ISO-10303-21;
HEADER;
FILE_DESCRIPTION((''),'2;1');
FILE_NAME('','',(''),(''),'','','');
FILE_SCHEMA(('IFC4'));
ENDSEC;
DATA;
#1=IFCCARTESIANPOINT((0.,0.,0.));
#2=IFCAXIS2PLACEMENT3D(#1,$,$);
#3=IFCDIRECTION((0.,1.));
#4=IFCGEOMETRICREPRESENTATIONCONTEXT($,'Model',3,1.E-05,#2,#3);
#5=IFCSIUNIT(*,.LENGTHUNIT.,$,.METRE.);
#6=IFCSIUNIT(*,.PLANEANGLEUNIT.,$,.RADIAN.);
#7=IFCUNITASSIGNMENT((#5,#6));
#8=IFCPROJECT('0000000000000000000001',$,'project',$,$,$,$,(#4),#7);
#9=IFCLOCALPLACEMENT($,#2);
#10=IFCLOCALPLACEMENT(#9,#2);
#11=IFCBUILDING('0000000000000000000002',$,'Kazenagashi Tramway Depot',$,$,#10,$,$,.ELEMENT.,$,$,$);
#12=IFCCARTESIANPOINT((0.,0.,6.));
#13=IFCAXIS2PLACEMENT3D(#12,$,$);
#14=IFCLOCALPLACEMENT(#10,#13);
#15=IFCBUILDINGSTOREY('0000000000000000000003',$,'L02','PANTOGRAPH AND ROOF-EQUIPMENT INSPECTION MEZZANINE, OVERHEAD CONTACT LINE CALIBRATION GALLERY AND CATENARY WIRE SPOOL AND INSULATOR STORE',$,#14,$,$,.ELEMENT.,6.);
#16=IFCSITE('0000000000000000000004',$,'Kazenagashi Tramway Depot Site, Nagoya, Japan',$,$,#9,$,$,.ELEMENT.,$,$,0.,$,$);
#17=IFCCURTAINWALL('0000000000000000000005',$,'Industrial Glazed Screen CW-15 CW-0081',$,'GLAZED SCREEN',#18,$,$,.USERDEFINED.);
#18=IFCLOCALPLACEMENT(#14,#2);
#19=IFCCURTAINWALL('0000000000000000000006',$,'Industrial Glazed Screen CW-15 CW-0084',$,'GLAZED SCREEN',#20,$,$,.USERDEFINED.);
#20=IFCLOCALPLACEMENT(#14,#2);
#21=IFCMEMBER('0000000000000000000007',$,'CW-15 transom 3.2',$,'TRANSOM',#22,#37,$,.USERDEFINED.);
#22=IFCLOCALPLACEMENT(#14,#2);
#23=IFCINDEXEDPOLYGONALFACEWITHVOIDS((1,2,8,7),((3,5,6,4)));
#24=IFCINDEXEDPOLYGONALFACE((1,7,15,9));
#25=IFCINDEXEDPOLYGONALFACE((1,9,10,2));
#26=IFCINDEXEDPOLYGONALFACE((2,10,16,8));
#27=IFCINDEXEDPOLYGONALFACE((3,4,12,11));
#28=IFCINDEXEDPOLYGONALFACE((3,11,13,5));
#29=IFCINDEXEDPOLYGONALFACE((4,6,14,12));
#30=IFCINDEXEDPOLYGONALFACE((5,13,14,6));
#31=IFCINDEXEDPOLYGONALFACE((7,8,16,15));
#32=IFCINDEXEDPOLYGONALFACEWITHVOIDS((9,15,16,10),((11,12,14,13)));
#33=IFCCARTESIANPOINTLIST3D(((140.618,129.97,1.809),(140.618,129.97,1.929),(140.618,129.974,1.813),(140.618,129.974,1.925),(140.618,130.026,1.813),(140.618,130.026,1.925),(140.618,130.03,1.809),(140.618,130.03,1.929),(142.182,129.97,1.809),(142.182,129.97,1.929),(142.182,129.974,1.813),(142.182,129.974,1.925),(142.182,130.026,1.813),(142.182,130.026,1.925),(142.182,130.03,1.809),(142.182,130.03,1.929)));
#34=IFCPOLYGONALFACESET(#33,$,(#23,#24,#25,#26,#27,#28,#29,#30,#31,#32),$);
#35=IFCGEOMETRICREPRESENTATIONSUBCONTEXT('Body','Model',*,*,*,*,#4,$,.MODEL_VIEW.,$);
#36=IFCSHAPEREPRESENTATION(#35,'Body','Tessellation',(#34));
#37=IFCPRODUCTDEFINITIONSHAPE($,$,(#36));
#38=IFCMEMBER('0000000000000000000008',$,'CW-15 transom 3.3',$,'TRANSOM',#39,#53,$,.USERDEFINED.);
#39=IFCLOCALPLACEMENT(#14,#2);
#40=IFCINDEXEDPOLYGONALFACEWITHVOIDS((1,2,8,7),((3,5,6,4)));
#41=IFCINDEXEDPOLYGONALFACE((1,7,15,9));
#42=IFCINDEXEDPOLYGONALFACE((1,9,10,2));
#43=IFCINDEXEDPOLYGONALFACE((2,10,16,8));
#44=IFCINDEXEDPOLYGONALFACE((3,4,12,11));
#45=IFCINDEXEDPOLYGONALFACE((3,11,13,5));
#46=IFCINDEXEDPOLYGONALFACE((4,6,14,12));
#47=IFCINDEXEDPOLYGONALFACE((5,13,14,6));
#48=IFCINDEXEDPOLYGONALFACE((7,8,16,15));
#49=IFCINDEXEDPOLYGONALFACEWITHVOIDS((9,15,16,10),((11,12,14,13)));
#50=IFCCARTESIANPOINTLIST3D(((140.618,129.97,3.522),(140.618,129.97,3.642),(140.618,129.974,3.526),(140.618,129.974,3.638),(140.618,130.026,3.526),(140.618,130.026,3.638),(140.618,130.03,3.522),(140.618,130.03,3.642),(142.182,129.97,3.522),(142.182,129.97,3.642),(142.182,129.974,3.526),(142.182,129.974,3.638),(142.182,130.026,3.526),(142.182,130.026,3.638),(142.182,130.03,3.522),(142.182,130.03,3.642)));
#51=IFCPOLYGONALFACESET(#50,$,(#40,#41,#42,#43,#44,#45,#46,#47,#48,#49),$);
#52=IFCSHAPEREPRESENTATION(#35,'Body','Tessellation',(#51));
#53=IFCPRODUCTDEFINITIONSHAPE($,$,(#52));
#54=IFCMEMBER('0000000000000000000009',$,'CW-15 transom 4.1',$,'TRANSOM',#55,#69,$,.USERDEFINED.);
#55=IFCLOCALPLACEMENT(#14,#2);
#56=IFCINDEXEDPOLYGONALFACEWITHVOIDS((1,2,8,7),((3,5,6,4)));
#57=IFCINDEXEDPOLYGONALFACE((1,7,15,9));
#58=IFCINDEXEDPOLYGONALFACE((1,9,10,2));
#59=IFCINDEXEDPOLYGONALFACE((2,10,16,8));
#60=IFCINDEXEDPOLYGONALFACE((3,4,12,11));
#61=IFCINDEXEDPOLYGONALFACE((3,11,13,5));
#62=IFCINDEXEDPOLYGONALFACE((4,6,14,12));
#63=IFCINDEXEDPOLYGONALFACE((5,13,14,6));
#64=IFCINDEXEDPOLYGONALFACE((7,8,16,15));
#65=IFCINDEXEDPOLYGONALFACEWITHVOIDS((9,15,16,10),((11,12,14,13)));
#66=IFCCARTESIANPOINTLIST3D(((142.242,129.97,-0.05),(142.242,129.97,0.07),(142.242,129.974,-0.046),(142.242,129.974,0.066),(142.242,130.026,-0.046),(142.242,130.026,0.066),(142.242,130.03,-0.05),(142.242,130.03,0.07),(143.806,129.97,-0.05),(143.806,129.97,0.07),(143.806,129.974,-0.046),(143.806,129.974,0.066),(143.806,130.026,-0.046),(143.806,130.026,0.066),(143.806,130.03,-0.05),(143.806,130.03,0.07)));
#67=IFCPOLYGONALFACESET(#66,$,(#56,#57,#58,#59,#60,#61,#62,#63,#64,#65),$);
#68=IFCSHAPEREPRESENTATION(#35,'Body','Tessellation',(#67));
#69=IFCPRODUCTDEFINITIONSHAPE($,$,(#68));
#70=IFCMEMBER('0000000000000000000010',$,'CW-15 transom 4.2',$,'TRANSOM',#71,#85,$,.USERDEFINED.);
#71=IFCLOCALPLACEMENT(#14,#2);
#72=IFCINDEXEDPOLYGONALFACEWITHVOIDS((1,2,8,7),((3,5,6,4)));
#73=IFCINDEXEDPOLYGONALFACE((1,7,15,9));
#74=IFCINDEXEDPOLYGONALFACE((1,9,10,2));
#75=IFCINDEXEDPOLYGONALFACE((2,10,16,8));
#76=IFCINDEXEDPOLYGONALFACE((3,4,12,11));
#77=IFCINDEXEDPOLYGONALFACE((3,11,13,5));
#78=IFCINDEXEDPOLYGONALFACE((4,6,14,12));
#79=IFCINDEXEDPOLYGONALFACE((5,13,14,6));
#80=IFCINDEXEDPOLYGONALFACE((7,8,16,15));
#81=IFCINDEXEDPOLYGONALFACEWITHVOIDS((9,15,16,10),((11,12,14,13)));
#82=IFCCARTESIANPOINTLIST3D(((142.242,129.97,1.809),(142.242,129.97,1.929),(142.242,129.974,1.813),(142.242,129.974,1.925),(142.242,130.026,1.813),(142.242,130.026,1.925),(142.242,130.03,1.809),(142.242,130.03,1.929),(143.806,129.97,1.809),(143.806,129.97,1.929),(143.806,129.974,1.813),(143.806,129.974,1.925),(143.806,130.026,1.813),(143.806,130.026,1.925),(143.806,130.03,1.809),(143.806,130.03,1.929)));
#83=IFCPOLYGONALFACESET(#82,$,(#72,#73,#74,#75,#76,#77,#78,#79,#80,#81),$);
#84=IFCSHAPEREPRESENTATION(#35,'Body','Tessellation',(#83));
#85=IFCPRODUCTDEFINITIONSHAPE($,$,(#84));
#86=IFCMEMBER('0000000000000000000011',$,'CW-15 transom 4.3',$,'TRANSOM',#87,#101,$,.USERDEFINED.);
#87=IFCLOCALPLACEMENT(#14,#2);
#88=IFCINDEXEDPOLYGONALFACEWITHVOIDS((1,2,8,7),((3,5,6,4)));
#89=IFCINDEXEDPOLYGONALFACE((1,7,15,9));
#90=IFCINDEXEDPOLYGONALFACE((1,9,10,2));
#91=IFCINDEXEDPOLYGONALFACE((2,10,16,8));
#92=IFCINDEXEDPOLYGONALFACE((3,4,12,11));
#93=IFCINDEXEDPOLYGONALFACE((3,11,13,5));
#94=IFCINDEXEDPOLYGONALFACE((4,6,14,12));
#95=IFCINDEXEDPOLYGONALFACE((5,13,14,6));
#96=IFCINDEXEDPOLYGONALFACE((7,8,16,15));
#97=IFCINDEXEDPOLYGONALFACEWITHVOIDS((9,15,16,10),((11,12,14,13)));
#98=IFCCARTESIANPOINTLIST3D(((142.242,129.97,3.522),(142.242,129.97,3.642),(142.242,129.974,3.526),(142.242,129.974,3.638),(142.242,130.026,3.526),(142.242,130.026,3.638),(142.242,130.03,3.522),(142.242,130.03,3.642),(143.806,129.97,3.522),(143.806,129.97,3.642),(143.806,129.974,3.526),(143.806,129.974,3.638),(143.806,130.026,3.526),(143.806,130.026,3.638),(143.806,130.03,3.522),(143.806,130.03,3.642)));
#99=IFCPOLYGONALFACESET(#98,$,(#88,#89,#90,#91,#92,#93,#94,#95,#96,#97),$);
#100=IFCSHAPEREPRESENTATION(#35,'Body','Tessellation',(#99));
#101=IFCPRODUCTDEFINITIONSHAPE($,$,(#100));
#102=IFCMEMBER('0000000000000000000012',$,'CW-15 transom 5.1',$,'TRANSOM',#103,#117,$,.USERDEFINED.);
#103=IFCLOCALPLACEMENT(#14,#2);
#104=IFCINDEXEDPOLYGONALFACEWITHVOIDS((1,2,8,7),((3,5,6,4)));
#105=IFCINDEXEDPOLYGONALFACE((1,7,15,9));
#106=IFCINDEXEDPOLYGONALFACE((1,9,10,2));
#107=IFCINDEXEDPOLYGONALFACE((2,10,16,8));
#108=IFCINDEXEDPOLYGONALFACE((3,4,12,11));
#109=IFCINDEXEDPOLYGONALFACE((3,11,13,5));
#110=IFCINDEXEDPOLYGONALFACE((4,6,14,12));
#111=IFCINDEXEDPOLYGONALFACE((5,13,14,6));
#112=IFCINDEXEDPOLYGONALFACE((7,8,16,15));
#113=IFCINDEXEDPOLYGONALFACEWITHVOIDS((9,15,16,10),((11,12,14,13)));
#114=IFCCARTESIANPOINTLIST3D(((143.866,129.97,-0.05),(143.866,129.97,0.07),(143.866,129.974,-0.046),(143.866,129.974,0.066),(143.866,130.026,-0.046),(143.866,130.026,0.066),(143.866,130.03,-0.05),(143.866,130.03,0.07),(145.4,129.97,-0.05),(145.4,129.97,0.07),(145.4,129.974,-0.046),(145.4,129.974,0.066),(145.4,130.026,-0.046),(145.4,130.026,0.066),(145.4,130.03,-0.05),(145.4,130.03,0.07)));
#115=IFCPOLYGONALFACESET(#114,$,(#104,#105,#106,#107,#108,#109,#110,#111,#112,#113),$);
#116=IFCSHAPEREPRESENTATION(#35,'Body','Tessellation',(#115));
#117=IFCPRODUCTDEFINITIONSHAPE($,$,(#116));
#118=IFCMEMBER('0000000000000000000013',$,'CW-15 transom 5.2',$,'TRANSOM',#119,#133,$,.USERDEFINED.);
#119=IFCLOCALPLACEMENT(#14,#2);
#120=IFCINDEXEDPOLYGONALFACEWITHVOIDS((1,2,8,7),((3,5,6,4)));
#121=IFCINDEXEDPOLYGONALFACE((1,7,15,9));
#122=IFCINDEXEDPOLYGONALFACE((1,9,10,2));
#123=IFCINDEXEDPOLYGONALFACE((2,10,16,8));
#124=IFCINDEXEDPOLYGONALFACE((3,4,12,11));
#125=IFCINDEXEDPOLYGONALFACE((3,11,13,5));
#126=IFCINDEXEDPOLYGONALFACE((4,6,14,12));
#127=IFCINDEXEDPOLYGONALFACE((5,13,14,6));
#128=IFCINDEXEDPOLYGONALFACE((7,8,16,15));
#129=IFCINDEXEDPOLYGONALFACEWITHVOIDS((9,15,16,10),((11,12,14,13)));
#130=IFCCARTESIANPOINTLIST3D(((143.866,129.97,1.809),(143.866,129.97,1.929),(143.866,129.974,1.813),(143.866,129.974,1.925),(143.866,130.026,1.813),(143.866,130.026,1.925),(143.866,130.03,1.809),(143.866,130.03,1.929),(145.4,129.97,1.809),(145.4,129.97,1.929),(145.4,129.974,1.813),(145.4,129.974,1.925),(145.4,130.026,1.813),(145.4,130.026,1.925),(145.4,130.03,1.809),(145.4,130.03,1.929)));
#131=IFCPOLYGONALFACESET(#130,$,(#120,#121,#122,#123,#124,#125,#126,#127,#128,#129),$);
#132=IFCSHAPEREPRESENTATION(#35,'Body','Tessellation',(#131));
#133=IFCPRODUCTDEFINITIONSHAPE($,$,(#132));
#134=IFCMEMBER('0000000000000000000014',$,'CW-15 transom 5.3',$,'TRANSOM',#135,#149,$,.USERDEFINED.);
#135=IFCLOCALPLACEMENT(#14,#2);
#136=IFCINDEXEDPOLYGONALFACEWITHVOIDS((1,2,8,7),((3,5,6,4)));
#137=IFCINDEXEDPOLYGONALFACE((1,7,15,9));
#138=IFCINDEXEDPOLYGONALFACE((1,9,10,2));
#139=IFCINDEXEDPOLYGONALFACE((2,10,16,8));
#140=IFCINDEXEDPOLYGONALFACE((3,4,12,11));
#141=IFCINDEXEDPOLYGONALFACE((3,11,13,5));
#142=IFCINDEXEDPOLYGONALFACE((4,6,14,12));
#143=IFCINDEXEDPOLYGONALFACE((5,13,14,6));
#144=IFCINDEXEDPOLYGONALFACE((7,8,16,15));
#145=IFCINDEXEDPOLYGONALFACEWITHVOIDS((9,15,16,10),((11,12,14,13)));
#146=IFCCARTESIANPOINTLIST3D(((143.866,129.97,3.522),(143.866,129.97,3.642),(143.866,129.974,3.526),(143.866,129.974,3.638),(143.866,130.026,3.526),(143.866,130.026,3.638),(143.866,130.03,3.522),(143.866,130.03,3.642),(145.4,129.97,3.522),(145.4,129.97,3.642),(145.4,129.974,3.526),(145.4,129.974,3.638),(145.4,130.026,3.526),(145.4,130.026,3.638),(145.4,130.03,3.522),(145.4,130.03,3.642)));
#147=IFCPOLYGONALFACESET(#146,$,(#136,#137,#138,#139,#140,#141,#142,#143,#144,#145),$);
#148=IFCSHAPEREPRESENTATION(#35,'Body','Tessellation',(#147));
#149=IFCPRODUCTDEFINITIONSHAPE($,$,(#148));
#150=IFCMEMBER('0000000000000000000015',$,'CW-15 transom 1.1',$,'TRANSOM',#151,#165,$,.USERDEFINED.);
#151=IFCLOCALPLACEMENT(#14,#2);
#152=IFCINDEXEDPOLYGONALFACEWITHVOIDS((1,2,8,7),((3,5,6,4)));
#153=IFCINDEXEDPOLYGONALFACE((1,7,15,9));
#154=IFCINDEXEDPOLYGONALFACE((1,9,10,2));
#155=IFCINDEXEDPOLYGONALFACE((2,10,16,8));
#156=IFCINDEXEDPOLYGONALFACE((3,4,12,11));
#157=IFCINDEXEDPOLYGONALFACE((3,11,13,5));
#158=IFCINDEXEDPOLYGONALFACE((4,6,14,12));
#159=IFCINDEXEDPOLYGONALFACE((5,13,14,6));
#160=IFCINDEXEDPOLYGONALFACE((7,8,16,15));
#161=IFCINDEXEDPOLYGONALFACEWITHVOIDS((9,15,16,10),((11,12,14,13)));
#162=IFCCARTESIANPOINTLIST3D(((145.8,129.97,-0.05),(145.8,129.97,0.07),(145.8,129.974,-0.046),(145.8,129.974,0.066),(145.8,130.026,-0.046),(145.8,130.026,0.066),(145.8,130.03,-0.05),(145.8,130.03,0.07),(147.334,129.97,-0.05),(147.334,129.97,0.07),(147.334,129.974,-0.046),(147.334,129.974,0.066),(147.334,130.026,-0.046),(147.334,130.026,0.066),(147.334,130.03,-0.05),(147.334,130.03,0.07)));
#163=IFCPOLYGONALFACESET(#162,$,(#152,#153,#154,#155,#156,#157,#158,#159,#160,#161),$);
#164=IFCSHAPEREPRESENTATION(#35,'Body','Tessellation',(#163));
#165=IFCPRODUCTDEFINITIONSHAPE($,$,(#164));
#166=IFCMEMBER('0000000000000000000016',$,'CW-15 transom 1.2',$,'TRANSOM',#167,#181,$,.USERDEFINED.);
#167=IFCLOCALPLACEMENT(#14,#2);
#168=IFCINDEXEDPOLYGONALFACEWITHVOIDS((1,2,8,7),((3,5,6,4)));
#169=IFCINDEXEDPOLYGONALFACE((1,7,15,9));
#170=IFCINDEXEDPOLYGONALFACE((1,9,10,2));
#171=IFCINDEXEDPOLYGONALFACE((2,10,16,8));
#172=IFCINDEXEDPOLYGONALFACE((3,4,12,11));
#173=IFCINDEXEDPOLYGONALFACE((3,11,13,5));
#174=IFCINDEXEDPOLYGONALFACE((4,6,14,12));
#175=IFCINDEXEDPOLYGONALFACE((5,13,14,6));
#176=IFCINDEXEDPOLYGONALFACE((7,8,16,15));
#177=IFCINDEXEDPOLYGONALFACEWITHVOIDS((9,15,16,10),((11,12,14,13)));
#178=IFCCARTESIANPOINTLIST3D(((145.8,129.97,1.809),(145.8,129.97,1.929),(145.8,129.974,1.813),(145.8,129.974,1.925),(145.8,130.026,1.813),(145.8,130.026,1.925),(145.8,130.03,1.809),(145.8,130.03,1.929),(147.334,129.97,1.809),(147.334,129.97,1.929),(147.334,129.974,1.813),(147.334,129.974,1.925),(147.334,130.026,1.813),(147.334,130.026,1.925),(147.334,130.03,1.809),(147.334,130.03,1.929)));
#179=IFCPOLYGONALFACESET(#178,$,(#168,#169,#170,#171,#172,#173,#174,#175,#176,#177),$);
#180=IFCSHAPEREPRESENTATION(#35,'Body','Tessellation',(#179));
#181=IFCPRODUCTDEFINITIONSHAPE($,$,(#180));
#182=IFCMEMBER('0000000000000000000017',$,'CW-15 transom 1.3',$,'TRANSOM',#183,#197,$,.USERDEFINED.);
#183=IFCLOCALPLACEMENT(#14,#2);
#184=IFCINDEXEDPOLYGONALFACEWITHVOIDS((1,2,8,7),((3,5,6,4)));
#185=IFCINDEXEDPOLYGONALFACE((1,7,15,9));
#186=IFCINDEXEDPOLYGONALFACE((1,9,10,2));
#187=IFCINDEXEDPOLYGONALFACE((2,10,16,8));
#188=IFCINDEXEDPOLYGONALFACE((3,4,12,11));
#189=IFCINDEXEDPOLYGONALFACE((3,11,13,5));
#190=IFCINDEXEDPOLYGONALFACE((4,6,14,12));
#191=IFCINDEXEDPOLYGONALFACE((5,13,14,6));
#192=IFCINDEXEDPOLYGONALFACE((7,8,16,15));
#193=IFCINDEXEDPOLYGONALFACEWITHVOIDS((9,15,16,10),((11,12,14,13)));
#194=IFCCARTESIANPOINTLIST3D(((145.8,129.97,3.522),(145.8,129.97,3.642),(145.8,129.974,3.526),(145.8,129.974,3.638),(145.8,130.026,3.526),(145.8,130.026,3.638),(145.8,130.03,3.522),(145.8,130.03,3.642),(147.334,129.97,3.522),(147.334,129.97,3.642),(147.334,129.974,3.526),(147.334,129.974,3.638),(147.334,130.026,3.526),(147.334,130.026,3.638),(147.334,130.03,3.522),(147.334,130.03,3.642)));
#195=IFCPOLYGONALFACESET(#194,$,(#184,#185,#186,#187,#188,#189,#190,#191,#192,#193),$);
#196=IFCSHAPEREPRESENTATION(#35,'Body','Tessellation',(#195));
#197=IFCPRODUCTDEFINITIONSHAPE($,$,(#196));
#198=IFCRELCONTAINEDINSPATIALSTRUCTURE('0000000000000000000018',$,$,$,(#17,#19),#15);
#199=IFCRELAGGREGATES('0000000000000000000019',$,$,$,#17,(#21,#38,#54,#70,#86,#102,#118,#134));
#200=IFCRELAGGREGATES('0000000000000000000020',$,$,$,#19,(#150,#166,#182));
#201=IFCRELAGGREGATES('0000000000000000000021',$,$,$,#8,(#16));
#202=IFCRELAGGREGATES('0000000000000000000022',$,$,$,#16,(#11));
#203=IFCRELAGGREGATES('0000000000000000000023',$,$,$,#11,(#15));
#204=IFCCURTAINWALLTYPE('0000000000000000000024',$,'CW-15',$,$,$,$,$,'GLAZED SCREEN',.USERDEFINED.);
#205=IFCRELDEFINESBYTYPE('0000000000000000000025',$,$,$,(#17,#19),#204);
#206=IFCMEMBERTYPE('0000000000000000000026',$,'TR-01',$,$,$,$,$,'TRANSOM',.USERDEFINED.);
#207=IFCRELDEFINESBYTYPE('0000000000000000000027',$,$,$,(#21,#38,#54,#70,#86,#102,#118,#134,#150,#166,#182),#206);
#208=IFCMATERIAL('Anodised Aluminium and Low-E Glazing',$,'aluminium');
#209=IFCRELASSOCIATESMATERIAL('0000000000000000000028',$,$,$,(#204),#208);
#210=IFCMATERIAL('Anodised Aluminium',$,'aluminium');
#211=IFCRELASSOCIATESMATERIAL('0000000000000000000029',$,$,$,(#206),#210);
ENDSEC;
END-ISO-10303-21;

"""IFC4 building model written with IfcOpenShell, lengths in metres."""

from ifc_helpers import new_model, si_unit, direction, frame, origin, origin_2d, place, context, subcontext, project, spatial, hollow_rectangle, extrude, material, material_profile, profile_set, type_object, element, aggregate, save


model = new_model("IFC4")

# Units and contexts
model_context = context("Model", 3, precision=1e-05, world=origin(), true_north=direction((0.0, 1.0)))
body_context = subcontext(model_context, "Body", "Model", "MODEL_VIEW")
ifc_project = project(units=[si_unit("LENGTHUNIT", "METRE"), si_unit("PLANEANGLEUNIT", "RADIAN")], contexts=[model_context])

# Site, building, storey
site_placement = place(None, origin())
site = spatial("IfcSite", under=ifc_project, at=site_placement, Name="Kazenagashi Tramway Depot Site, Nagoya, Japan", CompositionType="ELEMENT", RefElevation=0.0)
building_placement = place(site_placement, origin())
building = spatial("IfcBuilding", under=site, at=building_placement, Name="Kazenagashi Tramway Depot", CompositionType="ELEMENT")
storey_placement = place(building_placement, frame((0.0, 0.0, 6.0)))
storey = spatial("IfcBuildingStorey", under=building, at=storey_placement, Name="L02", Description="PANTOGRAPH AND ROOF-EQUIPMENT INSPECTION MEZZANINE, OVERHEAD CONTACT LINE CALIBRATION GALLERY AND CATENARY WIRE SPOOL AND INSULATOR STORE", CompositionType="ELEMENT", Elevation=6.0)

# Curtain walls
ifc_material_1 = material(Name="Anodised Aluminium and Low-E Glazing", Category="aluminium")
curtain_wall_type = type_object("IfcCurtainWallType", Name="CW-15", ElementType="GLAZED SCREEN", PredefinedType="USERDEFINED", material=ifc_material_1)
curtain_wall_1_placement = place(storey_placement, origin())
curtain_wall_1 = element("IfcCurtainWall", 1, at=curtain_wall_1_placement, inside=storey, type_object=curtain_wall_type, Name="Industrial Glazed Screen CW-15 CW-0081", ObjectType="GLAZED SCREEN", PredefinedType="USERDEFINED")
ifc_material_2 = material(Name="Anodised Aluminium", Category="aluminium")
curtain_wall_2_placement = place(storey_placement, origin())
curtain_wall_2 = element("IfcCurtainWall", 2, at=curtain_wall_2_placement, inside=storey, type_object=curtain_wall_type, Name="Industrial Glazed Screen CW-15 CW-0084", ObjectType="GLAZED SCREEN", PredefinedType="USERDEFINED")

# Members
ifc_material_profile_1 = material_profile(ifc_material_2, hollow_rectangle(XDim=0.06, YDim=0.12, WallThickness=0.004, at=origin_2d()), Name="RHS-120x60x4")
ifc_profile_set_1 = profile_set([ifc_material_profile_1], Name="Anodised Aluminium")
member_type_1 = type_object("IfcMemberType", Name="TR-01", ElementType="TRANSOM", PredefinedType="USERDEFINED", material=ifc_profile_set_1)
member_1_placement = place(storey_placement, frame((140.618, 130.0, 1.869), z_axis=(1.0, 0.0, 0.0), x_axis=(0.0, 1.0, 0.0)))
member_1 = element("IfcMember", 3, at=member_1_placement, type_object=member_type_1, Name="CW-15 transom 3.2", ObjectType="TRANSOM", PredefinedType="USERDEFINED", context=body_context, shape_type="SweptSolid", body=[
    extrude(hollow_rectangle(XDim=0.06, YDim=0.12, WallThickness=0.004, at=origin_2d()), origin(), (0.0, 0.0, 1.0), 1.564),
])
member_2_placement = place(storey_placement, frame((140.618, 130.0, 3.582), z_axis=(1.0, 0.0, 0.0), x_axis=(0.0, 1.0, 0.0)))
member_2 = element("IfcMember", 4, at=member_2_placement, type_object=member_type_1, Name="CW-15 transom 3.3", ObjectType="TRANSOM", PredefinedType="USERDEFINED", context=body_context, shape_type="SweptSolid", body=[
    extrude(hollow_rectangle(XDim=0.06, YDim=0.12, WallThickness=0.004, at=origin_2d()), origin(), (0.0, 0.0, 1.0), 1.564),
])
member_3_placement = place(storey_placement, frame((142.242, 130.0, 0.01), z_axis=(1.0, 0.0, 0.0), x_axis=(0.0, 1.0, 0.0)))
member_3 = element("IfcMember", 5, at=member_3_placement, type_object=member_type_1, Name="CW-15 transom 4.1", ObjectType="TRANSOM", PredefinedType="USERDEFINED", context=body_context, shape_type="SweptSolid", body=[
    extrude(hollow_rectangle(XDim=0.06, YDim=0.12, WallThickness=0.004, at=origin_2d()), origin(), (0.0, 0.0, 1.0), 1.564),
])
member_4_placement = place(storey_placement, frame((142.242, 130.0, 1.869), z_axis=(1.0, 0.0, 0.0), x_axis=(0.0, 1.0, 0.0)))
member_4 = element("IfcMember", 6, at=member_4_placement, type_object=member_type_1, Name="CW-15 transom 4.2", ObjectType="TRANSOM", PredefinedType="USERDEFINED", context=body_context, shape_type="SweptSolid", body=[
    extrude(hollow_rectangle(XDim=0.06, YDim=0.12, WallThickness=0.004, at=origin_2d()), origin(), (0.0, 0.0, 1.0), 1.564),
])
member_5_placement = place(storey_placement, frame((142.242, 130.0, 3.582), z_axis=(1.0, 0.0, 0.0), x_axis=(0.0, 1.0, 0.0)))
member_5 = element("IfcMember", 7, at=member_5_placement, type_object=member_type_1, Name="CW-15 transom 4.3", ObjectType="TRANSOM", PredefinedType="USERDEFINED", context=body_context, shape_type="SweptSolid", body=[
    extrude(hollow_rectangle(XDim=0.06, YDim=0.12, WallThickness=0.004, at=origin_2d()), origin(), (0.0, 0.0, 1.0), 1.564),
])
member_6_placement = place(storey_placement, frame((143.866, 130.0, 0.01), z_axis=(1.0, 0.0, 0.0), x_axis=(0.0, 1.0, 0.0)))
member_6 = element("IfcMember", 8, at=member_6_placement, type_object=member_type_1, Name="CW-15 transom 5.1", ObjectType="TRANSOM", PredefinedType="USERDEFINED", context=body_context, shape_type="SweptSolid", body=[
    extrude(hollow_rectangle(XDim=0.06, YDim=0.12, WallThickness=0.004, at=origin_2d()), origin(), (0.0, 0.0, 1.0), 1.534),
])
member_7_placement = place(storey_placement, frame((143.866, 130.0, 1.869), z_axis=(1.0, 0.0, 0.0), x_axis=(0.0, 1.0, 0.0)))
member_7 = element("IfcMember", 9, at=member_7_placement, type_object=member_type_1, Name="CW-15 transom 5.2", ObjectType="TRANSOM", PredefinedType="USERDEFINED", context=body_context, shape_type="SweptSolid", body=[
    extrude(hollow_rectangle(XDim=0.06, YDim=0.12, WallThickness=0.004, at=origin_2d()), origin(), (0.0, 0.0, 1.0), 1.534),
])
member_8_placement = place(storey_placement, frame((143.866, 130.0, 3.582), z_axis=(1.0, 0.0, 0.0), x_axis=(0.0, 1.0, 0.0)))
member_8 = element("IfcMember", 10, at=member_8_placement, type_object=member_type_1, Name="CW-15 transom 5.3", ObjectType="TRANSOM", PredefinedType="USERDEFINED", context=body_context, shape_type="SweptSolid", body=[
    extrude(hollow_rectangle(XDim=0.06, YDim=0.12, WallThickness=0.004, at=origin_2d()), origin(), (0.0, 0.0, 1.0), 1.534),
])
member_9_placement = place(storey_placement, frame((145.8, 130.0, 0.01), z_axis=(1.0, 0.0, 0.0), x_axis=(0.0, 1.0, 0.0)))
member_9 = element("IfcMember", 11, at=member_9_placement, type_object=member_type_1, Name="CW-15 transom 1.1", ObjectType="TRANSOM", PredefinedType="USERDEFINED", context=body_context, shape_type="SweptSolid", body=[
    extrude(hollow_rectangle(XDim=0.06, YDim=0.12, WallThickness=0.004, at=origin_2d()), origin(), (0.0, 0.0, 1.0), 1.534),
])
member_10_placement = place(storey_placement, frame((145.8, 130.0, 1.869), z_axis=(1.0, 0.0, 0.0), x_axis=(0.0, 1.0, 0.0)))
member_10 = element("IfcMember", 12, at=member_10_placement, type_object=member_type_1, Name="CW-15 transom 1.2", ObjectType="TRANSOM", PredefinedType="USERDEFINED", context=body_context, shape_type="SweptSolid", body=[
    extrude(hollow_rectangle(XDim=0.06, YDim=0.12, WallThickness=0.004, at=origin_2d()), origin(), (0.0, 0.0, 1.0), 1.534),
])
member_11_placement = place(storey_placement, frame((145.8, 130.0, 3.582), z_axis=(1.0, 0.0, 0.0), x_axis=(0.0, 1.0, 0.0)))
member_11 = element("IfcMember", 13, at=member_11_placement, type_object=member_type_1, Name="CW-15 transom 1.3", ObjectType="TRANSOM", PredefinedType="USERDEFINED", context=body_context, shape_type="SweptSolid", body=[
    extrude(hollow_rectangle(XDim=0.06, YDim=0.12, WallThickness=0.004, at=origin_2d()), origin(), (0.0, 0.0, 1.0), 1.534),
])

aggregate(curtain_wall_1, [member_1, member_2, member_3, member_4, member_5, member_6, member_7, member_8])
aggregate(curtain_wall_2, [member_9, member_10, member_11])

save(model, "model.ifc")
